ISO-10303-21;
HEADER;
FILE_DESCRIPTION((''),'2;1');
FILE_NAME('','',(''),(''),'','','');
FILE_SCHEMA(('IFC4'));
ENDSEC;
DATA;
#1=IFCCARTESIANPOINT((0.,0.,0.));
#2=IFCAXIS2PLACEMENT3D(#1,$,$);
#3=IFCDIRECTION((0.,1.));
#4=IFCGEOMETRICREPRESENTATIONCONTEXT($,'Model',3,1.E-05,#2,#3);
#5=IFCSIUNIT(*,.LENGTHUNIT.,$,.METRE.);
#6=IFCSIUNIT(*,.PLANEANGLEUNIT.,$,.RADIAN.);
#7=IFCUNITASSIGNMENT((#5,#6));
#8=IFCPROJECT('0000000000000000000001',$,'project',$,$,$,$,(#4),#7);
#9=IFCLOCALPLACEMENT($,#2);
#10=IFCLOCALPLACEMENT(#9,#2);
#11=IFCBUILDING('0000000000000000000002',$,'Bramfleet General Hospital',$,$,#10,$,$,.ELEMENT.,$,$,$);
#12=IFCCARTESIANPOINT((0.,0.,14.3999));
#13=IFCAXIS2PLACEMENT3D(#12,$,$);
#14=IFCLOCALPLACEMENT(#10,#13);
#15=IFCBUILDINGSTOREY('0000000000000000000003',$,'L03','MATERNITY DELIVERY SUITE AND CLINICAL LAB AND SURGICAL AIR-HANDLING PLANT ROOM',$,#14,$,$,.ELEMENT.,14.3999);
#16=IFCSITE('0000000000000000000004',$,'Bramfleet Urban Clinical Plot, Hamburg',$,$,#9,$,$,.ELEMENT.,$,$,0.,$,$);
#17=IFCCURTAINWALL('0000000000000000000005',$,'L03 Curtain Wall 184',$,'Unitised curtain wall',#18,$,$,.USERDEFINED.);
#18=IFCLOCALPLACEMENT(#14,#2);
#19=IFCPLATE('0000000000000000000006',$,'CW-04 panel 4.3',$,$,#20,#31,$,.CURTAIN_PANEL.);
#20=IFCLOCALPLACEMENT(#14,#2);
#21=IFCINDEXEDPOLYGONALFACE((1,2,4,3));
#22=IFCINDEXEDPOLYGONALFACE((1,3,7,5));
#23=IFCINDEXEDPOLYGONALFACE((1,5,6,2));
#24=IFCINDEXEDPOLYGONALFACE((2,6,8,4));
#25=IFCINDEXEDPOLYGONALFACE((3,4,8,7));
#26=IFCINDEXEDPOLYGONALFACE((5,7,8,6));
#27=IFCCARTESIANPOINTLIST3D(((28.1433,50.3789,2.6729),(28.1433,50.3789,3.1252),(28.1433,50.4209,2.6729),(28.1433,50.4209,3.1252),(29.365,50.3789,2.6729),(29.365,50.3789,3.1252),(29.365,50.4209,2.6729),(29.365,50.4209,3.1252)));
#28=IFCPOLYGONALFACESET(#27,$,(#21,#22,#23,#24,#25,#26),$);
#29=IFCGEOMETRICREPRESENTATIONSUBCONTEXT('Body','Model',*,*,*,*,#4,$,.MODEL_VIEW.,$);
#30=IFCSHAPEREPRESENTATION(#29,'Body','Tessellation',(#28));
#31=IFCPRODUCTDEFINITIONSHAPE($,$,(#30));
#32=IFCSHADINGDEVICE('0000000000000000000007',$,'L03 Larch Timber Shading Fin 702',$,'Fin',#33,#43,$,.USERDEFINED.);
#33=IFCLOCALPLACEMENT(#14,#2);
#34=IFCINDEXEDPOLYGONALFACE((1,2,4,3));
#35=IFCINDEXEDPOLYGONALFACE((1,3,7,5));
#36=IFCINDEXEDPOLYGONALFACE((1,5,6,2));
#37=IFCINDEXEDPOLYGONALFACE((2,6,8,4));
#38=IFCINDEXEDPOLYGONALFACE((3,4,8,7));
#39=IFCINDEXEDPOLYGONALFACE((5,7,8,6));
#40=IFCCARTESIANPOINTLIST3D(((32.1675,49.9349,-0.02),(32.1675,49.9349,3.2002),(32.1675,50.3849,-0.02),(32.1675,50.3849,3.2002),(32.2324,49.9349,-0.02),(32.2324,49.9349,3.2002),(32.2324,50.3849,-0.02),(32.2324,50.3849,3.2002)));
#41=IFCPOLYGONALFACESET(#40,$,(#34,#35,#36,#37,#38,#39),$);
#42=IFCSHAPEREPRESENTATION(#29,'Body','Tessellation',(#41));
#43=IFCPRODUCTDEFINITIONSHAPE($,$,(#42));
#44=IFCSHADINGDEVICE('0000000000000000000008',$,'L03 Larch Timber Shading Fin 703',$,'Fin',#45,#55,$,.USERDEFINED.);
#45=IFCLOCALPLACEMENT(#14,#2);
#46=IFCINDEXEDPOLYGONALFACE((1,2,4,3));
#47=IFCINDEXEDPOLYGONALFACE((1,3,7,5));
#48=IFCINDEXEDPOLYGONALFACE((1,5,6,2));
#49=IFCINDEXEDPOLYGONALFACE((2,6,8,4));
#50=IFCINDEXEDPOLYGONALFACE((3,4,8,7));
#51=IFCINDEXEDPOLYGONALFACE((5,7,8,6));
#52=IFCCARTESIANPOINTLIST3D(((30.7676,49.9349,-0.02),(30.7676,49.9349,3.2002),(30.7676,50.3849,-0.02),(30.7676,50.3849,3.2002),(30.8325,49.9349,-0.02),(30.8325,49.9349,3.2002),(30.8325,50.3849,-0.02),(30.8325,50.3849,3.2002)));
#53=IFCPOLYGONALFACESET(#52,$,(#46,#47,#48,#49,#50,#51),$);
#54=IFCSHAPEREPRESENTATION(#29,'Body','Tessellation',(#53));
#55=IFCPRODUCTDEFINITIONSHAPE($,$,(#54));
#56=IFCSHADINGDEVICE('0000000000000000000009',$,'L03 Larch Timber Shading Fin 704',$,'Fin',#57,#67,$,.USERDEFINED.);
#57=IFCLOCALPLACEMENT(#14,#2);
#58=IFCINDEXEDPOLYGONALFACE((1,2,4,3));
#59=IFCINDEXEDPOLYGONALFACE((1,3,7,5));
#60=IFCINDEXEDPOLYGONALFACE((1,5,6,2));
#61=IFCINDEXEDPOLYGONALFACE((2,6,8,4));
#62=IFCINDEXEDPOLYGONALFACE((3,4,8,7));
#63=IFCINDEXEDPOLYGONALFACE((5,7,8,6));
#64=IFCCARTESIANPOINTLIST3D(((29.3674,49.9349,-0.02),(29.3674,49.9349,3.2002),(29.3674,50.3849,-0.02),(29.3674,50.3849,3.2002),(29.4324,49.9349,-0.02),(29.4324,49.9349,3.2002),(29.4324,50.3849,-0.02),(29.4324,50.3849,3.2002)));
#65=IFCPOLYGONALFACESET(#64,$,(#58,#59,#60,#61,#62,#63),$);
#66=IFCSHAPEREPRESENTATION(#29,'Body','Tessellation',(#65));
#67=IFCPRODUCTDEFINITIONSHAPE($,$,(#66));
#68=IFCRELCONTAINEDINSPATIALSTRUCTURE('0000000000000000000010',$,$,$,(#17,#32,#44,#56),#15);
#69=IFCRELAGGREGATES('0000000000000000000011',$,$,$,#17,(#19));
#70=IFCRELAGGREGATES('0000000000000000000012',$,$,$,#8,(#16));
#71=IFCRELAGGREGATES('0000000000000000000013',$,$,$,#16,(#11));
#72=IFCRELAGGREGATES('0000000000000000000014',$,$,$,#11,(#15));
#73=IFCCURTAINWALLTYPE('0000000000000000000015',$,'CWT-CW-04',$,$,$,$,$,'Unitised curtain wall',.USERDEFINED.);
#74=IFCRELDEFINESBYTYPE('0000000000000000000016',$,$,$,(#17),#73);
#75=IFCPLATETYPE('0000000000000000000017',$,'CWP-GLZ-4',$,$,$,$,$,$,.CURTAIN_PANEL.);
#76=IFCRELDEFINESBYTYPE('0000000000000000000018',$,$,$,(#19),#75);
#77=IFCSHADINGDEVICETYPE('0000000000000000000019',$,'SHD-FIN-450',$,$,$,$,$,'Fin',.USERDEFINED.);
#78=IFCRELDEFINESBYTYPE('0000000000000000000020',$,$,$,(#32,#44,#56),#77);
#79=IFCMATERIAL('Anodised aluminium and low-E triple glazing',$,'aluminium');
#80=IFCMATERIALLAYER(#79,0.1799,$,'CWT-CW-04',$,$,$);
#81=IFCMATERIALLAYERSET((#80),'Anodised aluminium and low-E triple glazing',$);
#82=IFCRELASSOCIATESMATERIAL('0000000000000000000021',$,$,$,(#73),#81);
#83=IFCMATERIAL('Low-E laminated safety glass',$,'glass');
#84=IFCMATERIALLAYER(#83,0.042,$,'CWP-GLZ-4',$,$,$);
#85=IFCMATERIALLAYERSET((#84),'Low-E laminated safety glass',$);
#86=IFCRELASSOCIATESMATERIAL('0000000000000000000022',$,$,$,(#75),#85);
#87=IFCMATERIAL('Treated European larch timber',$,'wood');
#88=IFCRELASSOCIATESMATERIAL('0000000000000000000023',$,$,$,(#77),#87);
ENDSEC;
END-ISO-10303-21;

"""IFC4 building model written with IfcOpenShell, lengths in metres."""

from ifc_helpers import new_model, si_unit, direction, frame, origin, origin_2d, place, context, subcontext, project, spatial, rectangle, extrude, material, layer, layer_set, material_profile, profile_set, type_object, element, aggregate, save


model = new_model("IFC4")

# Units and contexts
model_context = context("Model", 3, precision=1e-05, world=origin(), true_north=direction((0.0, 1.0)))
body_context = subcontext(model_context, "Body", "Model", "MODEL_VIEW")
ifc_project = project(units=[si_unit("LENGTHUNIT", "METRE"), si_unit("PLANEANGLEUNIT", "RADIAN")], contexts=[model_context])

# Site, building, storey
site_placement = place(None, origin())
site = spatial("IfcSite", under=ifc_project, at=site_placement, Name="Bramfleet Urban Clinical Plot, Hamburg", CompositionType="ELEMENT", RefElevation=0.0)
building_placement = place(site_placement, origin())
building = spatial("IfcBuilding", under=site, at=building_placement, Name="Bramfleet General Hospital", CompositionType="ELEMENT")
storey_placement = place(building_placement, frame((0.0, 0.0, 14.3999)))
storey = spatial("IfcBuildingStorey", under=building, at=storey_placement, Name="L03", Description="MATERNITY DELIVERY SUITE AND CLINICAL LAB AND SURGICAL AIR-HANDLING PLANT ROOM", CompositionType="ELEMENT", Elevation=14.3999)

# Curtain wall, plate
ifc_material_1 = material(Name="Anodised aluminium and low-E triple glazing", Category="aluminium")
ifc_layer_1 = layer(ifc_material_1, 0.1799, Name="CWT-CW-04")
ifc_layer_set_1 = layer_set([ifc_layer_1], Name="Anodised aluminium and low-E triple glazing")
curtain_wall_type = type_object("IfcCurtainWallType", Name="CWT-CW-04", ElementType="Unitised curtain wall", PredefinedType="USERDEFINED", material=ifc_layer_set_1)
curtain_wall_placement = place(storey_placement, origin())
curtain_wall = element("IfcCurtainWall", 1, at=curtain_wall_placement, inside=storey, type_object=curtain_wall_type, Name="L03 Curtain Wall 184", ObjectType="Unitised curtain wall", PredefinedType="USERDEFINED")
ifc_material_2 = material(Name="Low-E laminated safety glass", Category="glass")
ifc_layer_2 = layer(ifc_material_2, 0.042, Name="CWP-GLZ-4")
ifc_layer_set_2 = layer_set([ifc_layer_2], Name="Low-E laminated safety glass")
plate_type = type_object("IfcPlateType", Name="CWP-GLZ-4", PredefinedType="CURTAIN_PANEL", material=ifc_layer_set_2)
plate_1_placement = place(storey_placement, frame((28.7542, 50.3999, 2.6729), z_axis=(0.0, 0.0, 1.0), x_axis=(-1.0, 0.0, 0.0)))
plate_1 = element("IfcPlate", 2, at=plate_1_placement, type_object=plate_type, Name="CW-04 panel 4.3", PredefinedType="CURTAIN_PANEL", context=body_context, shape_type="SweptSolid", body=[
    extrude(rectangle(XDim=1.2217, YDim=0.042, at=origin_2d()), origin(), (0.0, 0.0, 1.0), 0.4524),
])
aggregate(curtain_wall, [plate_1])

# Shading devices
ifc_material_3 = material(Name="Treated European larch timber", Category="wood")
ifc_material_profile_1 = material_profile(ifc_material_3, rectangle(XDim=0.0649, YDim=0.45, at=origin_2d()), Name="LARCH FIN 450x65")
ifc_profile_set_1 = profile_set([ifc_material_profile_1], Name="Treated European larch timber")
shading_device_type = type_object("IfcShadingDeviceType", Name="SHD-FIN-450", ElementType="Fin", PredefinedType="USERDEFINED", material=ifc_profile_set_1)
for number, where, z_axis, x_axis, name in (
    (3, (32.2, 50.1599, -0.02), (0.0, 0.0, 1.0), (-1.0, 0.0, 0.0), "L03 Larch Timber Shading Fin 702"),
    (4, (30.8, 50.1599, -0.02), (0.0, 0.0, 1.0), (-1.0, 0.0, 0.0), "L03 Larch Timber Shading Fin 703"),
    (5, (29.3999, 50.1599, -0.02), (0.0, 0.0, 1.0), (-1.0, 0.0, 0.0), "L03 Larch Timber Shading Fin 704"),
):
    element("IfcShadingDevice", number, at=place(storey_placement, frame(where, z_axis=z_axis, x_axis=x_axis)), inside=storey, type_object=shading_device_type, Name=name, ObjectType="Fin", PredefinedType="USERDEFINED", context=body_context, shape_type="SweptSolid", body=[
        extrude(rectangle(XDim=0.0649, YDim=0.45, at=origin_2d()), origin(), (0.0, 0.0, 1.0), 3.2202),
    ])

save(model, "model.ifc")
